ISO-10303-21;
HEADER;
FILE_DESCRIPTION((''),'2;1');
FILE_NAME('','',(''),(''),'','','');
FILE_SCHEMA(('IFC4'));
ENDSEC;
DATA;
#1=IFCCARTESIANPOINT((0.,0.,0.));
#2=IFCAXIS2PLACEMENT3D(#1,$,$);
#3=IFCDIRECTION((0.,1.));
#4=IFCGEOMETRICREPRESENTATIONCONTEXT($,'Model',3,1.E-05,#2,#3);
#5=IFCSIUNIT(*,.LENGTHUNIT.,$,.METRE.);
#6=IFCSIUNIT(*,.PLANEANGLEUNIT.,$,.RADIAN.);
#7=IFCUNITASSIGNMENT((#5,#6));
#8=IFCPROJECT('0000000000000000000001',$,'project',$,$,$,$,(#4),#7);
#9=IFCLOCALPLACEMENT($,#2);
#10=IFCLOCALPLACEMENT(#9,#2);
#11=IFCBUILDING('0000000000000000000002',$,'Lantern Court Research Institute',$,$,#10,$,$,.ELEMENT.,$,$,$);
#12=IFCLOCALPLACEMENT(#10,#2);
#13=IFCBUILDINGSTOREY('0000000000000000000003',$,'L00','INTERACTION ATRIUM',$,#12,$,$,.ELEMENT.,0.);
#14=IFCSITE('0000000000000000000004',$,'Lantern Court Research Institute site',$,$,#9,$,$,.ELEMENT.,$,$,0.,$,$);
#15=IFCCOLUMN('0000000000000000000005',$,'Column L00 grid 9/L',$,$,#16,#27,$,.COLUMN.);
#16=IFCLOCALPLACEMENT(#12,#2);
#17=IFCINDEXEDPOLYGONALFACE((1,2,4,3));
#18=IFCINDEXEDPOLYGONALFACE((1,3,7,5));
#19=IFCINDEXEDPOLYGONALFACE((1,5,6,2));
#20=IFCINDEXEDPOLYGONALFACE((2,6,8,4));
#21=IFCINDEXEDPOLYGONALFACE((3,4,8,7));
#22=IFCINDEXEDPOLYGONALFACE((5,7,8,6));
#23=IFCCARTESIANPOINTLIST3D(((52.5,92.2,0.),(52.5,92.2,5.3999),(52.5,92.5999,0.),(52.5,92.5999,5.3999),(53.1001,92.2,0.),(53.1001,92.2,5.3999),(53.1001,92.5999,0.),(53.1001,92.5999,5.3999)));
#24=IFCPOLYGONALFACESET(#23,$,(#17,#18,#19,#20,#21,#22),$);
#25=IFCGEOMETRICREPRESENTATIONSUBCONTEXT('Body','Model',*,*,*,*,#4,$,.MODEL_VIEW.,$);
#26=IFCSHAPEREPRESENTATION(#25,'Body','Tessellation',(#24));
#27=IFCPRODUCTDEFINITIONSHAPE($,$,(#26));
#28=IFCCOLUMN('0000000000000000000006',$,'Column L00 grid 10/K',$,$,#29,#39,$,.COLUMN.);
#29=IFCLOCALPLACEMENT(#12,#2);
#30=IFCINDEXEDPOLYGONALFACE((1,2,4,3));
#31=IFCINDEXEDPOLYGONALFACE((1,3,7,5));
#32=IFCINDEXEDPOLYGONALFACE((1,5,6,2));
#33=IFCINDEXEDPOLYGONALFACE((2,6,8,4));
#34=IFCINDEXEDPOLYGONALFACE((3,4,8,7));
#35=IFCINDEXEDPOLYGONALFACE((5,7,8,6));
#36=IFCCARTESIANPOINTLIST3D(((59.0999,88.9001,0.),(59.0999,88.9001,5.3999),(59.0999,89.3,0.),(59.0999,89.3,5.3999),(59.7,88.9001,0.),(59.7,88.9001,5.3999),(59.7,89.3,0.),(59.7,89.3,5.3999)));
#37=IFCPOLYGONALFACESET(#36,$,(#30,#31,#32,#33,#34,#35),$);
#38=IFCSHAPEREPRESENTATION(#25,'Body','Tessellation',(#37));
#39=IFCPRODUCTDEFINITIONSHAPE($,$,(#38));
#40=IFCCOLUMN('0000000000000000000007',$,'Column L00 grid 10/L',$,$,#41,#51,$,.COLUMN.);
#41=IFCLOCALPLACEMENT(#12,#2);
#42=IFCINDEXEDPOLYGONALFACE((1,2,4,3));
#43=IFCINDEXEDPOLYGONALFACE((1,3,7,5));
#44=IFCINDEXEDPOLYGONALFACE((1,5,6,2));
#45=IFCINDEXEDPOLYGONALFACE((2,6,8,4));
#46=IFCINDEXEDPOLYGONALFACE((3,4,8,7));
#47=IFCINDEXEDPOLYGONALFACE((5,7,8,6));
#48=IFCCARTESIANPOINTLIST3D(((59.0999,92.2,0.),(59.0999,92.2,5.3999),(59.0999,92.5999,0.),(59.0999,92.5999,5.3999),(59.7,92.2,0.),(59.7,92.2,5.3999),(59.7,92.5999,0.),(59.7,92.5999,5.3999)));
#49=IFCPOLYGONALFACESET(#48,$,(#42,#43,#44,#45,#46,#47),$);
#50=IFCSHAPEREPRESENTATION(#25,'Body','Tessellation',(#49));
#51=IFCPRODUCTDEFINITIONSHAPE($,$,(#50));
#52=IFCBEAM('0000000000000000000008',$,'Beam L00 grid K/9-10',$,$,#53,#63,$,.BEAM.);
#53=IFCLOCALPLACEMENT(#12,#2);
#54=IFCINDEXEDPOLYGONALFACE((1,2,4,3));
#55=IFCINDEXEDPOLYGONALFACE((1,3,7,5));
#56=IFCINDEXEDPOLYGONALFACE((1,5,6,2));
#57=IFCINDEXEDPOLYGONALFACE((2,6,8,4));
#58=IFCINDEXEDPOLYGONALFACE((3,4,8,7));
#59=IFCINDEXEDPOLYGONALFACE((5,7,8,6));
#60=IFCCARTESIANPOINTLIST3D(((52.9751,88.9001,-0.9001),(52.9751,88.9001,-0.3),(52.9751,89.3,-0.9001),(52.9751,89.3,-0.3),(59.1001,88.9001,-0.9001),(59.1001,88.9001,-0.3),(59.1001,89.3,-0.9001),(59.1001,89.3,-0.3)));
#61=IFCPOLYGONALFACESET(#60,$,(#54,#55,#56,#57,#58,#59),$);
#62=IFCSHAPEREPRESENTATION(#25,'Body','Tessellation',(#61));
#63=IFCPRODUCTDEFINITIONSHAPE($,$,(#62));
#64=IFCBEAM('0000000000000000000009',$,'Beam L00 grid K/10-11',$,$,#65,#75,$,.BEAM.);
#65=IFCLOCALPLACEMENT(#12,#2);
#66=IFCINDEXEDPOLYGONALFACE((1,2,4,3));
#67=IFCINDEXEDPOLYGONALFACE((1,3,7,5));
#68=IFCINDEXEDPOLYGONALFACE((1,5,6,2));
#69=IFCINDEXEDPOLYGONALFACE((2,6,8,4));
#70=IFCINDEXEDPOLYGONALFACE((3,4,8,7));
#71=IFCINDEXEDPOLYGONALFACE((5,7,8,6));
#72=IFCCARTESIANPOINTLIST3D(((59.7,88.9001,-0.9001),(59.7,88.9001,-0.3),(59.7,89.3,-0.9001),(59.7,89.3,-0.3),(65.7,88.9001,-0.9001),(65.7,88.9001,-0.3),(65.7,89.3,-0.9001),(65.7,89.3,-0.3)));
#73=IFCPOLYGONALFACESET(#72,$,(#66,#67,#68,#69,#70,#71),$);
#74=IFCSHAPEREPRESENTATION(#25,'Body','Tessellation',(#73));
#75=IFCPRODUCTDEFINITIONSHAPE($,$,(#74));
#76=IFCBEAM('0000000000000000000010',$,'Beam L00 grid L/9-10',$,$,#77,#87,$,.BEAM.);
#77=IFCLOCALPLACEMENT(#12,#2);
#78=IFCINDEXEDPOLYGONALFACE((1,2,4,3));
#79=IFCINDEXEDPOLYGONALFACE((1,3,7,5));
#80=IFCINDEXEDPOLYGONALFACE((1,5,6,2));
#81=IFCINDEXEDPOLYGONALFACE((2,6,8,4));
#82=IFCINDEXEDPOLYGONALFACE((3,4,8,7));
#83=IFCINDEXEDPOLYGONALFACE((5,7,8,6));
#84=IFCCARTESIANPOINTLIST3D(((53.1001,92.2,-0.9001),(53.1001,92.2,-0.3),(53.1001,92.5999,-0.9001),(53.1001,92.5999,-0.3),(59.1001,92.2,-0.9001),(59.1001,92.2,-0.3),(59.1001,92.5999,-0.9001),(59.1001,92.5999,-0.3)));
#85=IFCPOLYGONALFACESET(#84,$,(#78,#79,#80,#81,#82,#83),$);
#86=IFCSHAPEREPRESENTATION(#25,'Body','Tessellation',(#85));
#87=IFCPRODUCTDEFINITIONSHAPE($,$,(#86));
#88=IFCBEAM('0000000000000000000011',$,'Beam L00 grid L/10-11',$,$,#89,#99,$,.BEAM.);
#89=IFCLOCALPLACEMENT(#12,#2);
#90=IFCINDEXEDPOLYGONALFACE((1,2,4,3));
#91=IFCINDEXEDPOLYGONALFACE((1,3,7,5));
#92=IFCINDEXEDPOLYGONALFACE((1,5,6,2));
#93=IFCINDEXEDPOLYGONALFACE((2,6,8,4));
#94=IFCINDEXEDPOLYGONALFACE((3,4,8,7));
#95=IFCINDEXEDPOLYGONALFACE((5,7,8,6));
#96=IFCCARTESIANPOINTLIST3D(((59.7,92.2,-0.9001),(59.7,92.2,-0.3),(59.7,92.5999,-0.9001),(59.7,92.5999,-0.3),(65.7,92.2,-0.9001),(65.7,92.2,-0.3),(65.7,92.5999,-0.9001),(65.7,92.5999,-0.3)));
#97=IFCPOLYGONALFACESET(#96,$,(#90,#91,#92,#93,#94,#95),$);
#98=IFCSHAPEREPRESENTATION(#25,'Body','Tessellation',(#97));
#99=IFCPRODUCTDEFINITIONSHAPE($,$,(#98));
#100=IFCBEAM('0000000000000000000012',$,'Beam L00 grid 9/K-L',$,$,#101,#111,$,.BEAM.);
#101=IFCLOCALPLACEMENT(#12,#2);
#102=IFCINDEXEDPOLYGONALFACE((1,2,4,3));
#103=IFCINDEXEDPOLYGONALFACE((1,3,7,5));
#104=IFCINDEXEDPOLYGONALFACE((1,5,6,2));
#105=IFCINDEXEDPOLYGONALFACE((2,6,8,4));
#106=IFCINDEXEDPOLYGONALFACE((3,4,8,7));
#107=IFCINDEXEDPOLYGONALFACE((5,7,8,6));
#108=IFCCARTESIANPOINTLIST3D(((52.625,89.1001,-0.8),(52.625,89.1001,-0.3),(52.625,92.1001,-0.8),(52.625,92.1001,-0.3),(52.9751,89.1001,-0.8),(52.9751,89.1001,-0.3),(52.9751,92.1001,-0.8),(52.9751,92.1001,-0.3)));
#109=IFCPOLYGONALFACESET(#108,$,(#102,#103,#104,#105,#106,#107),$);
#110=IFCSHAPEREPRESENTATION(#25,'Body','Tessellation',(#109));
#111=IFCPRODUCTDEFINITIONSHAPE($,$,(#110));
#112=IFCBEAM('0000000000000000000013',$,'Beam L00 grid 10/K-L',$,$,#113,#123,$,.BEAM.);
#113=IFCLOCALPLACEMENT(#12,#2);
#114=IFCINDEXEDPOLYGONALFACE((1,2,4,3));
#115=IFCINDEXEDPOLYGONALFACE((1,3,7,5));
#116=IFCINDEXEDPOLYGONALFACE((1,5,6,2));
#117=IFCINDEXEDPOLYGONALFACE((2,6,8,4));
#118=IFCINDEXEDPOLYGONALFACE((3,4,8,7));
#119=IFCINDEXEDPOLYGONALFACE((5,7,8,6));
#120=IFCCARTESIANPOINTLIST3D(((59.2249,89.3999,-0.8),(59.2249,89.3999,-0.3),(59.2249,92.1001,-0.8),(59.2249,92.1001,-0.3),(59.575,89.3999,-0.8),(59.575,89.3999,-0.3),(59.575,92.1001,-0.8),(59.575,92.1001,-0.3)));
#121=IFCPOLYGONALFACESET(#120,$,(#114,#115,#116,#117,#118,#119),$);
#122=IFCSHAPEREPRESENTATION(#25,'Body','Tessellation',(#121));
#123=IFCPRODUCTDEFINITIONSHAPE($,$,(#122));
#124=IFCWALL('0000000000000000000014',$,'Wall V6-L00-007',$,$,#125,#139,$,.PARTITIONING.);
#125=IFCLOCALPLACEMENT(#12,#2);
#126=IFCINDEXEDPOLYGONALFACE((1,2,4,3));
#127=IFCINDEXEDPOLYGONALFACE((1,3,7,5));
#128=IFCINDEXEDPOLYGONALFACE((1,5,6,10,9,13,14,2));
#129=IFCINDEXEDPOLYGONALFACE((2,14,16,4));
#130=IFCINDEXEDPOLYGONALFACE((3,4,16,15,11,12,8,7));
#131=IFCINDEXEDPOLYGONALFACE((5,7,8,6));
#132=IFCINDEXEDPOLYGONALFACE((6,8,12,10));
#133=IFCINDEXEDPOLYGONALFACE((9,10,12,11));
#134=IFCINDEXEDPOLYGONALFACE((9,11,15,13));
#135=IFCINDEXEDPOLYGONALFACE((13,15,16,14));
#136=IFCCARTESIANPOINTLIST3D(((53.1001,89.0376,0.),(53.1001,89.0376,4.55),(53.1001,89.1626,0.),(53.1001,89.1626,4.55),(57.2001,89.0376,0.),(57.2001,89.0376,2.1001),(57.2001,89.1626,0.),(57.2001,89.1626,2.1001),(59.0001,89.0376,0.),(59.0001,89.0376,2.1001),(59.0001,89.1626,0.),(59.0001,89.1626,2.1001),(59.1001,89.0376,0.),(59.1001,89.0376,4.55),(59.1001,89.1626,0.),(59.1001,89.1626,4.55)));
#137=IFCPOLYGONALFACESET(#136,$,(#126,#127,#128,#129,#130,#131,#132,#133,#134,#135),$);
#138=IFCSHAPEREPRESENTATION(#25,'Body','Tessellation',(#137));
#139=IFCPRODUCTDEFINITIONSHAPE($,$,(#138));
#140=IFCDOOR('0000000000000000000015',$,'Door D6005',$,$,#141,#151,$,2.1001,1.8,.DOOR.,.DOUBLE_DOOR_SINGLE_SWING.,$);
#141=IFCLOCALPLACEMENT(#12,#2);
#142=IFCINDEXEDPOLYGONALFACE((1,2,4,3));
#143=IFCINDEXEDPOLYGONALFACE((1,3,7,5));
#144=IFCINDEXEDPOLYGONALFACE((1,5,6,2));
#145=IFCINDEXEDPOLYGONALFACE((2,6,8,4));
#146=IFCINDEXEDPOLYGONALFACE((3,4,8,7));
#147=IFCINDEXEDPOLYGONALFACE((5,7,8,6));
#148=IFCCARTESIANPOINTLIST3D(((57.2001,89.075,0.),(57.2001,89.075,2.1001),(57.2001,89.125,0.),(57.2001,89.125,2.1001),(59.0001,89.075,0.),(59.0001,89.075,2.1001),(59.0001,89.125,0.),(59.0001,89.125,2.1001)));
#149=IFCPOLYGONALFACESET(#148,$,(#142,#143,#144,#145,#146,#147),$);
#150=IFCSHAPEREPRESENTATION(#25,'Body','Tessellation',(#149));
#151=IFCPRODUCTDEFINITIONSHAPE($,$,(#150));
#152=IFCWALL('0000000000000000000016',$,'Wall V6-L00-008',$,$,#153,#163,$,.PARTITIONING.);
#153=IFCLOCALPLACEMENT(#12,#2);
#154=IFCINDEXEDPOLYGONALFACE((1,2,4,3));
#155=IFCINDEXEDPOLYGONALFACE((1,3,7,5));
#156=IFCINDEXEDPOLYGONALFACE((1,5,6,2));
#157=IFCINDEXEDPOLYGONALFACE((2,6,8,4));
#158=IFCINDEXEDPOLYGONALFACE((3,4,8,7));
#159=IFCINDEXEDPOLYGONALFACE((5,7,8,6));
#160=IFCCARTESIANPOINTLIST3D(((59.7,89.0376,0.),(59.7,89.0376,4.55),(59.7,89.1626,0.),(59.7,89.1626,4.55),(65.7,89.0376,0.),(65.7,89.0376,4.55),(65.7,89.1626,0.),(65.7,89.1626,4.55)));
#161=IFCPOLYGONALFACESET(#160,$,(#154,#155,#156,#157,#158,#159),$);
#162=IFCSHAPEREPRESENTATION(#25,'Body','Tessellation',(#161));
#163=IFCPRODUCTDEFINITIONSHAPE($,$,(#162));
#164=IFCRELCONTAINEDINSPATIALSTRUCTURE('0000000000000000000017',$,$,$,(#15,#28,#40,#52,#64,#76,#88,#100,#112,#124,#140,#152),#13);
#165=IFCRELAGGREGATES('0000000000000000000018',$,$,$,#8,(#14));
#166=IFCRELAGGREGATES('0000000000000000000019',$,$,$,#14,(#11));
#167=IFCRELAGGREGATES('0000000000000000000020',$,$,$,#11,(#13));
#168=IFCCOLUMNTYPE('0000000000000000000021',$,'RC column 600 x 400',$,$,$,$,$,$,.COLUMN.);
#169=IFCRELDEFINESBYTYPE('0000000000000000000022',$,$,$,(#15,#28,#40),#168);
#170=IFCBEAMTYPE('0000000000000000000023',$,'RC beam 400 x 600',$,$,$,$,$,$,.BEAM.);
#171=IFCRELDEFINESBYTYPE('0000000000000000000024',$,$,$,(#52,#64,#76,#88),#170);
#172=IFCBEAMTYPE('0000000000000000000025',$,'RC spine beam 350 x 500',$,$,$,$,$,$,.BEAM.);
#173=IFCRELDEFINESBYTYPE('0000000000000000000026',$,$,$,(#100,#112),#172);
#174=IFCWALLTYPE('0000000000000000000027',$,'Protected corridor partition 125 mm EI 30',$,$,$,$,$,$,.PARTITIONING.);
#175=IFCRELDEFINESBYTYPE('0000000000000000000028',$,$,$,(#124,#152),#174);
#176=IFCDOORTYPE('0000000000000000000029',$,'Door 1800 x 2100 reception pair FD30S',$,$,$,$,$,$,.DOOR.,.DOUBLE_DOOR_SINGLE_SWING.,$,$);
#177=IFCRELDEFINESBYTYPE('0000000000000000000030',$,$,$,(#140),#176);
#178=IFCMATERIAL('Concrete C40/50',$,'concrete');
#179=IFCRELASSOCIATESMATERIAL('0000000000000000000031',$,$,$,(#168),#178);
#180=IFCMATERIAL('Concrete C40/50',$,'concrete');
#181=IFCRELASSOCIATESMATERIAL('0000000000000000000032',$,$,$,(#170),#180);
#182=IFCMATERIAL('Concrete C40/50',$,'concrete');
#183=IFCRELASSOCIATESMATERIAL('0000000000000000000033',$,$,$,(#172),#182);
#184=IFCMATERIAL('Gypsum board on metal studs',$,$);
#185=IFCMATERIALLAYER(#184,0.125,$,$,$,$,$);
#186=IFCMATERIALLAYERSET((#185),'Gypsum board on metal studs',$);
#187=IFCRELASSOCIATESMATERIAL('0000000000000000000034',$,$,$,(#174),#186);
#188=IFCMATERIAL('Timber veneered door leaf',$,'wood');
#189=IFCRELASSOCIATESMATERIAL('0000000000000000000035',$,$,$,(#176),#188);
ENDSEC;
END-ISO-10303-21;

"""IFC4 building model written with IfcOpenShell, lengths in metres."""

from ifc_helpers import new_model, si_unit, direction, frame, frame_2d, origin, origin_2d, place, context, subcontext, project, spatial, rectangle, extrude, material, layer, layer_set, material_profile, profile_set, type_object, element, fill, save


model = new_model("IFC4")

# Units and contexts
model_context = context("Model", 3, precision=1e-05, world=origin(), true_north=direction((0.0, 1.0)))
body_context = subcontext(model_context, "Body", "Model", "MODEL_VIEW")
ifc_project = project(units=[si_unit("LENGTHUNIT", "METRE"), si_unit("PLANEANGLEUNIT", "RADIAN")], contexts=[model_context])

# Site, building, storey
site_placement = place(None, origin())
site = spatial("IfcSite", under=ifc_project, at=site_placement, Name="Lantern Court Research Institute site", CompositionType="ELEMENT", RefElevation=0.0)
building_placement = place(site_placement, origin())
building = spatial("IfcBuilding", under=site, at=building_placement, Name="Lantern Court Research Institute", CompositionType="ELEMENT")
storey_placement = place(building_placement, origin())
storey = spatial("IfcBuildingStorey", under=building, at=storey_placement, Name="L00", Description="INTERACTION ATRIUM", CompositionType="ELEMENT", Elevation=0.0)

# Columns
ifc_material_1 = material(Name="Concrete C40/50", Category="concrete")
ifc_material_profile_1 = material_profile(ifc_material_1, rectangle(XDim=0.6001, YDim=0.3999, at=origin_2d()), Name="RC column 600 x 400")
ifc_profile_set_1 = profile_set([ifc_material_profile_1], Name="Concrete C40/50")
column_type = type_object("IfcColumnType", Name="RC column 600 x 400", PredefinedType="COLUMN", material=ifc_profile_set_1)
for number, where, z_axis, x_axis, name in (
    (1, (52.8, 92.3999, 0.0), (0.0, 0.0, 1.0), (1.0, 0.0, 0.0), "Column L00 grid 9/L"),
    (2, (59.3999, 89.1001, 0.0), (0.0, 0.0, 1.0), (1.0, 0.0, 0.0), "Column L00 grid 10/K"),
    (3, (59.3999, 92.3999, 0.0), (0.0, 0.0, 1.0), (1.0, 0.0, 0.0), "Column L00 grid 10/L"),
):
    element("IfcColumn", number, at=place(storey_placement, frame(where, z_axis=z_axis, x_axis=x_axis)), inside=storey, type_object=column_type, Name=name, PredefinedType="COLUMN", context=body_context, shape_type="SweptSolid", body=[
        extrude(rectangle(XDim=0.6001, YDim=0.3999, at=origin_2d()), origin(), (0.0, 0.0, 1.0), 5.3999),
    ])

# Beams
ifc_material_2 = material(Name="Concrete C40/50", Category="concrete")
ifc_material_profile_2 = material_profile(ifc_material_2, rectangle(XDim=0.3999, YDim=0.6001, at=origin_2d()), Name="RC beam 400 x 600")
ifc_profile_set_2 = profile_set([ifc_material_profile_2], Name="Concrete C40/50")
beam_type_1 = type_object("IfcBeamType", Name="RC beam 400 x 600", PredefinedType="BEAM", material=ifc_profile_set_2)
beam_1_placement = place(storey_placement, frame((52.9751, 89.1001, -0.6001), z_axis=(1.0, 0.0, 0.0), x_axis=(0.0, 1.0, 0.0)))
element("IfcBeam", 4, at=beam_1_placement, inside=storey, type_object=beam_type_1, Name="Beam L00 grid K/9-10", PredefinedType="BEAM", context=body_context, shape_type="SweptSolid", body=[
    extrude(rectangle(XDim=0.3999, YDim=0.6001, at=origin_2d()), origin(), (0.0, 0.0, 1.0), 6.125),
])
for number, where, z_axis, x_axis, name in (
    (5, (59.7, 89.1001, -0.6001), (1.0, 0.0, 0.0), (0.0, 1.0, 0.0), "Beam L00 grid K/10-11"),
    (6, (53.1001, 92.3999, -0.6001), (1.0, 0.0, 0.0), (0.0, 1.0, 0.0), "Beam L00 grid L/9-10"),
    (7, (59.7, 92.3999, -0.6001), (1.0, 0.0, 0.0), (0.0, 1.0, 0.0), "Beam L00 grid L/10-11"),
):
    element("IfcBeam", number, at=place(storey_placement, frame(where, z_axis=z_axis, x_axis=x_axis)), inside=storey, type_object=beam_type_1, Name=name, PredefinedType="BEAM", context=body_context, shape_type="SweptSolid", body=[
        extrude(rectangle(XDim=0.3999, YDim=0.6001, at=origin_2d()), origin(), (0.0, 0.0, 1.0), 6.0),
    ])
ifc_material_3 = material(Name="Concrete C40/50", Category="concrete")
ifc_material_profile_3 = material_profile(ifc_material_3, rectangle(XDim=0.3501, YDim=0.5, at=origin_2d()), Name="RC beam 350 x 500")
ifc_profile_set_3 = profile_set([ifc_material_profile_3], Name="Concrete C40/50")
beam_type_2 = type_object("IfcBeamType", Name="RC spine beam 350 x 500", PredefinedType="BEAM", material=ifc_profile_set_3)
beam_2_placement = place(storey_placement, frame((52.8, 89.1001, -0.55), z_axis=(0.0, 1.0, 0.0), x_axis=(-1.0, 0.0, 0.0)))
element("IfcBeam", 8, at=beam_2_placement, inside=storey, type_object=beam_type_2, Name="Beam L00 grid 9/K-L", PredefinedType="BEAM", context=body_context, shape_type="SweptSolid", body=[
    extrude(rectangle(XDim=0.3501, YDim=0.5, at=origin_2d()), origin(), (0.0, 0.0, 1.0), 3.0),
])
beam_3_placement = place(storey_placement, frame((59.3999, 89.3999, -0.55), z_axis=(0.0, 1.0, 0.0), x_axis=(-1.0, 0.0, 0.0)))
element("IfcBeam", 9, at=beam_3_placement, inside=storey, type_object=beam_type_2, Name="Beam L00 grid 10/K-L", PredefinedType="BEAM", context=body_context, shape_type="SweptSolid", body=[
    extrude(rectangle(XDim=0.3501, YDim=0.5, at=origin_2d()), origin(), (0.0, 0.0, 1.0), 2.7002),
])

# Wall, opening, door
ifc_material_4 = material(Name="Gypsum board on metal studs")
ifc_layer_1 = layer(ifc_material_4, 0.125)
ifc_layer_set_1 = layer_set([ifc_layer_1], Name="Gypsum board on metal studs")
wall_type_1 = type_object("IfcWallType", Name="Protected corridor partition 125 mm EI 30", PredefinedType="PARTITIONING", material=ifc_layer_set_1)
wall_1_placement = place(storey_placement, frame((53.1001, 89.1001, 0.0), z_axis=(0.0, 0.0, 1.0), x_axis=(1.0, 0.0, 0.0)))
wall_1 = element("IfcWall", 10, at=wall_1_placement, inside=storey, type_object=wall_type_1, Name="Wall V6-L00-007", PredefinedType="PARTITIONING", context=body_context, shape_type="SweptSolid", body=[
    extrude(rectangle(XDim=6.0, YDim=0.125, at=frame_2d((3.0, 0.0))), origin(), (0.0, 0.0, 1.0), 4.55),
])
opening_1_placement = place(wall_1_placement, frame((4.1001, 0.0, 0.0)))
opening_1 = element("IfcOpeningElement", 11, at=opening_1_placement, cuts=wall_1, PredefinedType="OPENING", context=body_context, shape_type="SweptSolid", body=[
    extrude(rectangle(XDim=1.8, YDim=2.1001, at=frame_2d((0.8999, 1.05))), frame((0.0, 0.0725, 0.0), z_axis=(0.0, -1.0, 0.0), x_axis=(1.0, 0.0, 0.0)), (0.0, 0.0, 1.0), 0.145),
])
ifc_material_5 = material(Name="Timber veneered door leaf", Category="wood")
door_type_1 = type_object("IfcDoorType", Name="Door 1800 x 2100 reception pair FD30S", OperationType="DOUBLE_DOOR_SINGLE_SWING", PredefinedType="DOOR", material=ifc_material_5)
door_1_placement = place(opening_1_placement, origin())
door_1 = element("IfcDoor", 12, at=door_1_placement, inside=storey, type_object=door_type_1, Name="Door D6005", OperationType="DOUBLE_DOOR_SINGLE_SWING", OverallHeight=2.1001, OverallWidth=1.8, PredefinedType="DOOR", context=body_context, shape_type="SweptSolid", body=[
    extrude(rectangle(XDim=1.8, YDim=2.1001, at=frame_2d((0.8999, 1.05))), frame((0.0, 0.0249, 0.0), z_axis=(0.0, -1.0, 0.0), x_axis=(1.0, 0.0, 0.0)), (0.0, 0.0, 1.0), 0.05),
])
fill(opening_1, door_1)

# Wall
wall_2_placement = place(storey_placement, frame((59.7, 89.1001, 0.0), z_axis=(0.0, 0.0, 1.0), x_axis=(1.0, 0.0, 0.0)))
element("IfcWall", 13, at=wall_2_placement, inside=storey, type_object=wall_type_1, Name="Wall V6-L00-008", PredefinedType="PARTITIONING", context=body_context, shape_type="SweptSolid", body=[
    extrude(rectangle(XDim=6.0, YDim=0.125, at=frame_2d((3.0, 0.0))), origin(), (0.0, 0.0, 1.0), 4.55),
])

save(model, "model.ifc")
